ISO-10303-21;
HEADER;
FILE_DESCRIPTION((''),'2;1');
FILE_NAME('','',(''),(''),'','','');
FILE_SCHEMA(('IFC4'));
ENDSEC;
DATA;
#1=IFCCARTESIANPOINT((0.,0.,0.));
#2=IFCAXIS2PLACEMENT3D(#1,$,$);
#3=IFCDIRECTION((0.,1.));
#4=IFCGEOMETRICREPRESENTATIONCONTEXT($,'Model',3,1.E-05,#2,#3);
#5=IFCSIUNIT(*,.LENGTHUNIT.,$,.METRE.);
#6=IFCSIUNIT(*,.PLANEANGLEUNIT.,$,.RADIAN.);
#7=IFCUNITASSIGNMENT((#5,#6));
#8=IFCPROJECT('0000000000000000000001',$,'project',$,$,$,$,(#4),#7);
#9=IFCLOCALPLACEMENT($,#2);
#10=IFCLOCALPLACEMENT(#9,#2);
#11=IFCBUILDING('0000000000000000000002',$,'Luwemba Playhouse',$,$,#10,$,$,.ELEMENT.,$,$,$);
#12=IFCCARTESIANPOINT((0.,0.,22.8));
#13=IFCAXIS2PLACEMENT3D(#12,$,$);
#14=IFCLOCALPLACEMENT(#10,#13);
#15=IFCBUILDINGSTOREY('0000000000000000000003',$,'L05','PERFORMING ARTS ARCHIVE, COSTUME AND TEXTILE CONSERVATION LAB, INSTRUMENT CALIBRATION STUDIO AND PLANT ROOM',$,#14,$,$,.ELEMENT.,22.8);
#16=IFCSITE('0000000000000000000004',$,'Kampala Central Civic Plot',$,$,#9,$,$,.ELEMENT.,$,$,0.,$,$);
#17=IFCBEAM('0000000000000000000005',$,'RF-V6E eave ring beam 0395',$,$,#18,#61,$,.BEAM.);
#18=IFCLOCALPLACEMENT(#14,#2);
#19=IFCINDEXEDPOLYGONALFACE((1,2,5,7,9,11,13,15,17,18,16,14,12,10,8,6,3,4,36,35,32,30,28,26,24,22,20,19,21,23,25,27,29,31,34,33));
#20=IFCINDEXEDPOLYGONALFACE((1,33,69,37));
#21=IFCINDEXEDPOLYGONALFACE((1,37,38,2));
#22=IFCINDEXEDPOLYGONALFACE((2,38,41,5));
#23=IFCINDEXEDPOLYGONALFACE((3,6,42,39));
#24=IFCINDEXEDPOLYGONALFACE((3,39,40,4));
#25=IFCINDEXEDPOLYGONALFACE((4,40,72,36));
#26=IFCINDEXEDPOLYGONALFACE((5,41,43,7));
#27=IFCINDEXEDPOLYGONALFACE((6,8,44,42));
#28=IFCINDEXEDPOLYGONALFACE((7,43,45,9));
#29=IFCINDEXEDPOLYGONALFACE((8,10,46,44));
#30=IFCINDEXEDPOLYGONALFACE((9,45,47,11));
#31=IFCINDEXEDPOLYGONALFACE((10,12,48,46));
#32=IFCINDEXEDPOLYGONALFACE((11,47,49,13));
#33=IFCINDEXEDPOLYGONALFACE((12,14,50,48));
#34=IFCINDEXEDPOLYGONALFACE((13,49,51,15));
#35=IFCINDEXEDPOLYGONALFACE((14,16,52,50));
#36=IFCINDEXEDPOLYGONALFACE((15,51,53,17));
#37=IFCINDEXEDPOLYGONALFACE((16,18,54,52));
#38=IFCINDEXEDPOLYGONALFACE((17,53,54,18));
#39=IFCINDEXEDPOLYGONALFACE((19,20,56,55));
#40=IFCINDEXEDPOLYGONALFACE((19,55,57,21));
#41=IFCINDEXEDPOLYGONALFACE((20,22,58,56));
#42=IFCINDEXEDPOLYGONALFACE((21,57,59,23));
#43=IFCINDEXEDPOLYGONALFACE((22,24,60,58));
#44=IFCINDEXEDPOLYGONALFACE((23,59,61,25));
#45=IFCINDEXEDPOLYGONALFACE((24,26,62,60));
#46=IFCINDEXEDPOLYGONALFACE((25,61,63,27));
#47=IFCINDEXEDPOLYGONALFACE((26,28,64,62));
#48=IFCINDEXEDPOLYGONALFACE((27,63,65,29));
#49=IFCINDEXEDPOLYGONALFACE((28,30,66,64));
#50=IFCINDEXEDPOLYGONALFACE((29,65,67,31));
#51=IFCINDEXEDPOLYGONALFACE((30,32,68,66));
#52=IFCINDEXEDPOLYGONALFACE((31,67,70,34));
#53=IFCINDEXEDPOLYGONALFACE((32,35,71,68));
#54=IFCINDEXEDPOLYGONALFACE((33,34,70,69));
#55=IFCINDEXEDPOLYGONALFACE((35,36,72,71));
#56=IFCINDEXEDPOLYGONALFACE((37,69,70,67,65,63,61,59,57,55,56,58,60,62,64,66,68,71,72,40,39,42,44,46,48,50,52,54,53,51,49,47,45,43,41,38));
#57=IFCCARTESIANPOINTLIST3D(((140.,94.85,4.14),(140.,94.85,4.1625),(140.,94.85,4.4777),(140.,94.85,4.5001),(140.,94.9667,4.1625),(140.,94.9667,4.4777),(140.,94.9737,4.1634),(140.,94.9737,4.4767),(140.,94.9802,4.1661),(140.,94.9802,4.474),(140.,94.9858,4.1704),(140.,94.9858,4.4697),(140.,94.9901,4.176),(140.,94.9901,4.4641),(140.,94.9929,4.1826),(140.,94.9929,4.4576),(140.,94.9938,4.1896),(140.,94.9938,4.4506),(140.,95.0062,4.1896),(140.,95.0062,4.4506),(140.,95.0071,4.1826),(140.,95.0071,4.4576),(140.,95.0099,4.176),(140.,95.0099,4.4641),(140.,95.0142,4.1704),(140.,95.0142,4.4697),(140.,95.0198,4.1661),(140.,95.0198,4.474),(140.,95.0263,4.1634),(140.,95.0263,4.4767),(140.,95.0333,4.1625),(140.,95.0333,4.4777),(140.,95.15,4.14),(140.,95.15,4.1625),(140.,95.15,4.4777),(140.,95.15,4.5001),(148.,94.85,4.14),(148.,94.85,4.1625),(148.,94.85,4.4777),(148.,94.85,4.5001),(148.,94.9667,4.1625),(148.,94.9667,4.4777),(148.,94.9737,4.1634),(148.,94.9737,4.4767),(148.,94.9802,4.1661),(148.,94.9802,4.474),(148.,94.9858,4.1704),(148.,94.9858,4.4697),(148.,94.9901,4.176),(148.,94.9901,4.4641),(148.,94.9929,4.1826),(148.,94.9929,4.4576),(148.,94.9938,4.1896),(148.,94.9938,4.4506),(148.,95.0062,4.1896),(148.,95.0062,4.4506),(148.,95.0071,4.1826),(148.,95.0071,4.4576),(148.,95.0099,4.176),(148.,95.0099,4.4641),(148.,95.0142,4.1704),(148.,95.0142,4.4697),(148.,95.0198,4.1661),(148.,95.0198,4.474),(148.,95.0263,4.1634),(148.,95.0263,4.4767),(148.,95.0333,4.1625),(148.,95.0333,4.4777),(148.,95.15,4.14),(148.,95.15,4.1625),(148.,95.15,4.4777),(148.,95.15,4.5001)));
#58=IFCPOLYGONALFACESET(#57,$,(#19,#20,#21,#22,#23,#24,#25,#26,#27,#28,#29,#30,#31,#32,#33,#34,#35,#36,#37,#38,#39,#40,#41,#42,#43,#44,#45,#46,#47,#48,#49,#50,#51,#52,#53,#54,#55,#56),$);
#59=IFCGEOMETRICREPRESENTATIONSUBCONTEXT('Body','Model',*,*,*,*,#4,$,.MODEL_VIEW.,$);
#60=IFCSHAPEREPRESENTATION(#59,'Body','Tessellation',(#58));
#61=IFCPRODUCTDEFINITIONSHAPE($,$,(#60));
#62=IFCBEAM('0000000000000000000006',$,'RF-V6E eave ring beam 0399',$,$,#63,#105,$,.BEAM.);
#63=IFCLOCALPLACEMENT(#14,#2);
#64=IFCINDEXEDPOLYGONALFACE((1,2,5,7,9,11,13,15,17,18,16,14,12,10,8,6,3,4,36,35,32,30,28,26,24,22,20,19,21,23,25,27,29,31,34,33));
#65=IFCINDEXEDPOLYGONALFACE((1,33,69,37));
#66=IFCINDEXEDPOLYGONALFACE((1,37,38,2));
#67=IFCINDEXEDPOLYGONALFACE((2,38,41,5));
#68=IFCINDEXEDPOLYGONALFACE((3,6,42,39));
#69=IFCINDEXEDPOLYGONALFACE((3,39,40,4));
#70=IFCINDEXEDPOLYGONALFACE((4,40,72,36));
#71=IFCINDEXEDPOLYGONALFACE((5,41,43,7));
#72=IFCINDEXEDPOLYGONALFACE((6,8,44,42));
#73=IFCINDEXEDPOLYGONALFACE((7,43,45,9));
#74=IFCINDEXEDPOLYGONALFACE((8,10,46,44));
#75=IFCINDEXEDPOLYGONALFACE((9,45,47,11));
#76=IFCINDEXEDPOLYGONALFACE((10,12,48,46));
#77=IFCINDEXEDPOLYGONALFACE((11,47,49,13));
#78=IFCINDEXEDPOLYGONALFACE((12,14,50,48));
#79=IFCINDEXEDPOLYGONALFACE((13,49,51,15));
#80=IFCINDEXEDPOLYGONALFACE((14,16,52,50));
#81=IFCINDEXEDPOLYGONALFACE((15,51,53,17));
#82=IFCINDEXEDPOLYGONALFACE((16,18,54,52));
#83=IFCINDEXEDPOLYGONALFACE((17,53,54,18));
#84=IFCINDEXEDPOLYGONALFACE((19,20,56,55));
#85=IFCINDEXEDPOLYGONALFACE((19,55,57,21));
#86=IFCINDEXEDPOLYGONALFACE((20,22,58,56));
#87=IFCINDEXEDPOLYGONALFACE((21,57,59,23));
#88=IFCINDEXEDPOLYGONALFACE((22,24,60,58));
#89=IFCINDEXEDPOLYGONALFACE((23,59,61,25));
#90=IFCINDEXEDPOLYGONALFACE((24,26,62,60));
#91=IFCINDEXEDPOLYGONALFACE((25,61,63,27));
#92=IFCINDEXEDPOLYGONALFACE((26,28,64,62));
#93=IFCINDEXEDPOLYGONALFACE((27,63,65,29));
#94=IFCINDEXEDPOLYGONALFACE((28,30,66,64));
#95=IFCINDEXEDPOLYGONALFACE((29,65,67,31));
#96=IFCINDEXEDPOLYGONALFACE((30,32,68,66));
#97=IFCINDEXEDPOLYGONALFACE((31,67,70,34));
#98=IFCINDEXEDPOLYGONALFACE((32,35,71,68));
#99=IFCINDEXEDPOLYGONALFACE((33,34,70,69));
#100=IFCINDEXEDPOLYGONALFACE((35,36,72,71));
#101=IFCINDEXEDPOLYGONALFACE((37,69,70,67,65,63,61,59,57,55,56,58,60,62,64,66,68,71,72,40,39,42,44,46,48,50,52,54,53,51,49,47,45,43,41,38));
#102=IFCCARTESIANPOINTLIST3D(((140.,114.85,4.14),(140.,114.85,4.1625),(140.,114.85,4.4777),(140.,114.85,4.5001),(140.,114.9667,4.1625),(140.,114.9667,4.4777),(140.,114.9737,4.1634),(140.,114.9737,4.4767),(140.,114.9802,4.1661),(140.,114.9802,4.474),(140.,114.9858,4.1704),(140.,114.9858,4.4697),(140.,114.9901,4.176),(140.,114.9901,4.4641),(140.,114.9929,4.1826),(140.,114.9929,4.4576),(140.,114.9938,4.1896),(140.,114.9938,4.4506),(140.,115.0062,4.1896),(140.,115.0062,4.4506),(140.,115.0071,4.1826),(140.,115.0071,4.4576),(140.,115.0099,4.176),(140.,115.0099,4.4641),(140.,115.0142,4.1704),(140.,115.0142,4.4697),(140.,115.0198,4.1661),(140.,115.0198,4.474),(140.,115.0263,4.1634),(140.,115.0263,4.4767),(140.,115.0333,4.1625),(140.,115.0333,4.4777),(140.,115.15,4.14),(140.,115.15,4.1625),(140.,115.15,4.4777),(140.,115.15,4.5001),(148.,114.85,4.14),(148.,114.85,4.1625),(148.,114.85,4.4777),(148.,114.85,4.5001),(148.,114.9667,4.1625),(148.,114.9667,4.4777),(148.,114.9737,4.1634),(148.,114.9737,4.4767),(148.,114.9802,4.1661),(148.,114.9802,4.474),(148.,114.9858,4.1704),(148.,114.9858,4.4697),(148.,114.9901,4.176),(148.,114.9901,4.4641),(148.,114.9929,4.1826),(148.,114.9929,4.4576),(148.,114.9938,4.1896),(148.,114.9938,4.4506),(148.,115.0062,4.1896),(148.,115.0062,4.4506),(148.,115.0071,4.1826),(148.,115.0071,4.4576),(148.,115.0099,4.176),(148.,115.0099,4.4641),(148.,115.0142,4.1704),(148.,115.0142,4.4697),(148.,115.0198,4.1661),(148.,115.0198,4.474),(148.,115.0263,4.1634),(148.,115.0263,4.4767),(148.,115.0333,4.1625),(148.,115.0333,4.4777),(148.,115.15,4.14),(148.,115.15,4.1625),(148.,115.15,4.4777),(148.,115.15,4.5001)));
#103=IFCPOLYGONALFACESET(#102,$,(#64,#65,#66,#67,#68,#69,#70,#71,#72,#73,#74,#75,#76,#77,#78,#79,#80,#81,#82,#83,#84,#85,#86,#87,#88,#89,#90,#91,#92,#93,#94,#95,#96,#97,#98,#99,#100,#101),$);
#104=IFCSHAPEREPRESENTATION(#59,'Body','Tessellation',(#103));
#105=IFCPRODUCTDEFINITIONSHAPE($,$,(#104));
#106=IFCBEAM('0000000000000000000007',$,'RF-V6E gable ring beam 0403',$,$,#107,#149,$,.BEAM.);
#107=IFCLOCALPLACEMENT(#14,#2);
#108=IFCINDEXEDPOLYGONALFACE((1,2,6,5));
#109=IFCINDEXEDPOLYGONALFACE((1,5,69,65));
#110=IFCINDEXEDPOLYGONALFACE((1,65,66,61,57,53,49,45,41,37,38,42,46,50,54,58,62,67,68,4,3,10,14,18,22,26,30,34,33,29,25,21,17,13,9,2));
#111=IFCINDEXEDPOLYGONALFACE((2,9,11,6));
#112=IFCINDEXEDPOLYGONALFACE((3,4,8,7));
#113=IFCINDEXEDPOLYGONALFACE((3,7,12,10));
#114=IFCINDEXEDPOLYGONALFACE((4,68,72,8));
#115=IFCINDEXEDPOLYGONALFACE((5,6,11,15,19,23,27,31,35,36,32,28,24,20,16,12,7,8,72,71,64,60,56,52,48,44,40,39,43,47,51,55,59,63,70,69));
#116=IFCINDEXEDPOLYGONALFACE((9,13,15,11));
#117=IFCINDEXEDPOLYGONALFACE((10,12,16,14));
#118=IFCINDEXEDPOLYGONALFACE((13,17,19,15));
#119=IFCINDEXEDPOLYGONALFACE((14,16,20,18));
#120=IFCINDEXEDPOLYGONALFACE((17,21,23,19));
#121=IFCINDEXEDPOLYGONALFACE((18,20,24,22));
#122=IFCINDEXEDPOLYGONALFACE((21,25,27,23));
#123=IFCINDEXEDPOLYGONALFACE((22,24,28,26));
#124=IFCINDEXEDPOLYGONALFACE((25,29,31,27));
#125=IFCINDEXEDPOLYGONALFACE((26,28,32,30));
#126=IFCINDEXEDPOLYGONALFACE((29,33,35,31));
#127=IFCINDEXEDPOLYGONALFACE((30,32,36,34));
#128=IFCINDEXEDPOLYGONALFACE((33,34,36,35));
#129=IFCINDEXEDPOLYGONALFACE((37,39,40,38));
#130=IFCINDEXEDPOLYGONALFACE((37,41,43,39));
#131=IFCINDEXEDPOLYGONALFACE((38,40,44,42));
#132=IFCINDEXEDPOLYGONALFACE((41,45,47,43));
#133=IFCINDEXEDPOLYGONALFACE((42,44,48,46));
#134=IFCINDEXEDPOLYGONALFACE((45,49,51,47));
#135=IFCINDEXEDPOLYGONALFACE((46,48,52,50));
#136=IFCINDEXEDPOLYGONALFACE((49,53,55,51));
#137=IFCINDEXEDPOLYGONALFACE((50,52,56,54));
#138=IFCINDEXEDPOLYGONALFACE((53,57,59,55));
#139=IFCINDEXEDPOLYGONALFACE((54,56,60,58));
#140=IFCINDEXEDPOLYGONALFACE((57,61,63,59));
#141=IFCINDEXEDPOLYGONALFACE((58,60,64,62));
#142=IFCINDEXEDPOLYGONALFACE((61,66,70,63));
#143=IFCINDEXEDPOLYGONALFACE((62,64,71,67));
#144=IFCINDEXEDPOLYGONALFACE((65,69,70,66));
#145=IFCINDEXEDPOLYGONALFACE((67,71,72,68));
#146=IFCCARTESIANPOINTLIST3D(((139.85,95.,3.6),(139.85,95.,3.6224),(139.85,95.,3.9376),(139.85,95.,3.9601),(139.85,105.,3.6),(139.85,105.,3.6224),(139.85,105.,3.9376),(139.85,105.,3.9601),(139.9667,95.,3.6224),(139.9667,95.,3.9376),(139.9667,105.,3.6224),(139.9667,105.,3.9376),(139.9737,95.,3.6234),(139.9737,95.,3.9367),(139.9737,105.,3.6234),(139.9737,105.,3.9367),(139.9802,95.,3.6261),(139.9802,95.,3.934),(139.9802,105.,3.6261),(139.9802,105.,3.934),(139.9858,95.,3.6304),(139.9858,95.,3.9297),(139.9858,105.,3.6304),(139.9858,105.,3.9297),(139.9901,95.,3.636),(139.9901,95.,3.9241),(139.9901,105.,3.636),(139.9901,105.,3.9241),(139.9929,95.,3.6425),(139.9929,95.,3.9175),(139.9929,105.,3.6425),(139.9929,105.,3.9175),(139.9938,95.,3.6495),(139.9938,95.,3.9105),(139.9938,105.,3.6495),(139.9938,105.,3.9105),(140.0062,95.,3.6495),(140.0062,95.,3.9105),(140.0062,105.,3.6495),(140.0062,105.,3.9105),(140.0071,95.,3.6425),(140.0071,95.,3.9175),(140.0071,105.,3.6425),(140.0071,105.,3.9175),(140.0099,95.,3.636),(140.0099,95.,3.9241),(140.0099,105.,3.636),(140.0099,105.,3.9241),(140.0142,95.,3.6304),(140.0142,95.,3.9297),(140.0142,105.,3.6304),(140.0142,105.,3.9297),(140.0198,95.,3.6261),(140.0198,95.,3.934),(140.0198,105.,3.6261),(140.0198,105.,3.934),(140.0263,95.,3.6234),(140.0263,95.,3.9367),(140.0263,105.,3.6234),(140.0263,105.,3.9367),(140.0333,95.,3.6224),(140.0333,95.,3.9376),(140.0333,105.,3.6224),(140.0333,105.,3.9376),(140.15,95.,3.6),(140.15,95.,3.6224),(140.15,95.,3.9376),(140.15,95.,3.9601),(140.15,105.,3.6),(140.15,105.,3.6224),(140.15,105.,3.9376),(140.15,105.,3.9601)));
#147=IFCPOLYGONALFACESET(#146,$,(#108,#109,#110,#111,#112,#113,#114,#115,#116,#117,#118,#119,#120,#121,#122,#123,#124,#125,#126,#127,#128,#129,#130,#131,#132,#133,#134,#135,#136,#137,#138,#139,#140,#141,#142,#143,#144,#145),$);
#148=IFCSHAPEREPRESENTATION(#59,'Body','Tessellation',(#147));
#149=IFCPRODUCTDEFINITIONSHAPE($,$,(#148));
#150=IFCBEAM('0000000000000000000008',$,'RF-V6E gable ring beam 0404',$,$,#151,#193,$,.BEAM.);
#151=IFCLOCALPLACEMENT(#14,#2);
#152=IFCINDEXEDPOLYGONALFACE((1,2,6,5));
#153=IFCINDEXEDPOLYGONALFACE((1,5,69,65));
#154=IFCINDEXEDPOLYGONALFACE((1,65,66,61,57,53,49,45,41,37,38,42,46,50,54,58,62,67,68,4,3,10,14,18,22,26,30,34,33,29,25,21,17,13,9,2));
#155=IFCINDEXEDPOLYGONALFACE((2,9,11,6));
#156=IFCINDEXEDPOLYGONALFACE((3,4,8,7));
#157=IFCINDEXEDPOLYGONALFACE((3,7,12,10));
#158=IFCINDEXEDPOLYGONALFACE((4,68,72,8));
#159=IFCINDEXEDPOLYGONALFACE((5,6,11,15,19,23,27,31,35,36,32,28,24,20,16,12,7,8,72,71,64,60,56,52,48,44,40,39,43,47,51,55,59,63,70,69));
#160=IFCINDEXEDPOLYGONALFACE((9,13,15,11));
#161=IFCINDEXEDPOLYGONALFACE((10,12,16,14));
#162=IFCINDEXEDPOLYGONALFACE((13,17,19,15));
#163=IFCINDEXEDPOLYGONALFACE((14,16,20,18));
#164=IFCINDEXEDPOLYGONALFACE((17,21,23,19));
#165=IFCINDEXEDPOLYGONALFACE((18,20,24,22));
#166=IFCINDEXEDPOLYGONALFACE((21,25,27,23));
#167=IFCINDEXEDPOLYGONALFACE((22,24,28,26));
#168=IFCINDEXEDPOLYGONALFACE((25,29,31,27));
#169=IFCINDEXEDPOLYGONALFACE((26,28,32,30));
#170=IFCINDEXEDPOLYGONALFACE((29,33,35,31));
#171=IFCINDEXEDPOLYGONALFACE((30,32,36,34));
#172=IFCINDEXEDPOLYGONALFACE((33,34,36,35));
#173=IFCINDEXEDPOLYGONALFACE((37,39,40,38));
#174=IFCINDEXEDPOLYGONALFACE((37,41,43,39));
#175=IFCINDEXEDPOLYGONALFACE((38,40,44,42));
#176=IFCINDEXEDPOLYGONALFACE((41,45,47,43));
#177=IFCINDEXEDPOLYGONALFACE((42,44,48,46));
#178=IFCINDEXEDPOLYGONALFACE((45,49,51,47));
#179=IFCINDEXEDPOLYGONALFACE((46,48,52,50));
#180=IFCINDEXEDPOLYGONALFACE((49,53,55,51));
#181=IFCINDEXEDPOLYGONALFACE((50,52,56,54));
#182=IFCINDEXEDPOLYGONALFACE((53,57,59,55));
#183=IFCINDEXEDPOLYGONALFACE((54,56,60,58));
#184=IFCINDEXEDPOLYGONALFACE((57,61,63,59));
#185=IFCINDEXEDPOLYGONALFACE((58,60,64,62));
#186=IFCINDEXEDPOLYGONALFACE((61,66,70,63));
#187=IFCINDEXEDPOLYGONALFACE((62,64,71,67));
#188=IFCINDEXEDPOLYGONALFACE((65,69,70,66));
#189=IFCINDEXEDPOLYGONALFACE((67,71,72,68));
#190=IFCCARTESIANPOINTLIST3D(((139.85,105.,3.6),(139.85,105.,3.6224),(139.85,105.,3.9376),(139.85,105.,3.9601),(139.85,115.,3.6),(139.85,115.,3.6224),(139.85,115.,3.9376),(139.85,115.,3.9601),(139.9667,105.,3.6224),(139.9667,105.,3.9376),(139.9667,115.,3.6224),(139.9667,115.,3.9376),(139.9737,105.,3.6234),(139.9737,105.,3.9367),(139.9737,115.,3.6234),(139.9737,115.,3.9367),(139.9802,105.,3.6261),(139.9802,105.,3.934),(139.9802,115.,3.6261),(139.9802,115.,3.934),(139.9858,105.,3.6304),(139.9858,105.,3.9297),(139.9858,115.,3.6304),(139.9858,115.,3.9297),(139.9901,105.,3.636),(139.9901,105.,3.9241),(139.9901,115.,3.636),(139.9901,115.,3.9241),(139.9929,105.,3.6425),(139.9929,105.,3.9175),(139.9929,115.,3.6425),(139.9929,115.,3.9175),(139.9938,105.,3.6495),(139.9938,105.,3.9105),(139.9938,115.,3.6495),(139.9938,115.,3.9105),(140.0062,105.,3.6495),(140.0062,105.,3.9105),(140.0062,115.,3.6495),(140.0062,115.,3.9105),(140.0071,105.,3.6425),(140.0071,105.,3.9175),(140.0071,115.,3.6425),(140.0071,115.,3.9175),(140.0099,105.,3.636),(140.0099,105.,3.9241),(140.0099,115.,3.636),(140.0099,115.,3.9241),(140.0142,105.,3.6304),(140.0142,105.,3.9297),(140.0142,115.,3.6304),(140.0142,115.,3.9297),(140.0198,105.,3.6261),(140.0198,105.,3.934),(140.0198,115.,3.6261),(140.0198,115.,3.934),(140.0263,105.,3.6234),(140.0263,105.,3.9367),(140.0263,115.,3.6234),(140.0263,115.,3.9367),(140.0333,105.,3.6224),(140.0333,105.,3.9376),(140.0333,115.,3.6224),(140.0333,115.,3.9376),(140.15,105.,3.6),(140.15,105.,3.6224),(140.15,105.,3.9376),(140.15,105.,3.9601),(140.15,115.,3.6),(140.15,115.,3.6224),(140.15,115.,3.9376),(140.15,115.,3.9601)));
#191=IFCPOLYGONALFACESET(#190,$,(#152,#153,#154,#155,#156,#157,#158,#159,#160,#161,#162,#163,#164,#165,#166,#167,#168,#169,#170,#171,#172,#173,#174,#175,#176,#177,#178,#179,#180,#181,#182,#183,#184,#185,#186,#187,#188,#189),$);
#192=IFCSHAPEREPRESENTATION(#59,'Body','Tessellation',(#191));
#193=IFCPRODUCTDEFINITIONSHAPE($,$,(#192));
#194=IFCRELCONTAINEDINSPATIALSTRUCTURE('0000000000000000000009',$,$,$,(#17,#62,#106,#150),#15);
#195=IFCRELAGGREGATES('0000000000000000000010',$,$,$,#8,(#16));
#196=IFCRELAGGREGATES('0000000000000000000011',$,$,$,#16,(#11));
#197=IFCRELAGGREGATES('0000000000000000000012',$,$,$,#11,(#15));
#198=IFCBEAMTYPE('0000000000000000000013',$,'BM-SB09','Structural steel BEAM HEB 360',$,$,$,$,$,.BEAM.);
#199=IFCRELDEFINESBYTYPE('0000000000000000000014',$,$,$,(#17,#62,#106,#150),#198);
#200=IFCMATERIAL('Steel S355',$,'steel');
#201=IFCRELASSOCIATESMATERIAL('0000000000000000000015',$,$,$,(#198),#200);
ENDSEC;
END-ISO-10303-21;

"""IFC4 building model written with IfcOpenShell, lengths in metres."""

from ifc_helpers import new_model, si_unit, direction, frame, origin, origin_2d, place, context, subcontext, project, spatial, i_section, extrude, material, material_profile, profile_set, type_object, element, save


model = new_model("IFC4")

# Units and contexts
model_context = context("Model", 3, precision=1e-05, world=origin(), true_north=direction((0.0, 1.0)))
body_context = subcontext(model_context, "Body", "Model", "MODEL_VIEW")
ifc_project = project(units=[si_unit("LENGTHUNIT", "METRE"), si_unit("PLANEANGLEUNIT", "RADIAN")], contexts=[model_context])

# Site, building, storey
site_placement = place(None, origin())
site = spatial("IfcSite", under=ifc_project, at=site_placement, Name="Kampala Central Civic Plot", CompositionType="ELEMENT", RefElevation=0.0)
building_placement = place(site_placement, origin())
building = spatial("IfcBuilding", under=site, at=building_placement, Name="Luwemba Playhouse", CompositionType="ELEMENT")
storey_placement = place(building_placement, frame((0.0, 0.0, 22.8)))
storey = spatial("IfcBuildingStorey", under=building, at=storey_placement, Name="L05", Description="PERFORMING ARTS ARCHIVE, COSTUME AND TEXTILE CONSERVATION LAB, INSTRUMENT CALIBRATION STUDIO AND PLANT ROOM", CompositionType="ELEMENT", Elevation=22.8)

# Shared definitions
ifc_material_1 = material(Name="Steel S355", Category="steel")

# Beams
ifc_material_profile_1 = material_profile(ifc_material_1, i_section(OverallWidth=0.3, OverallDepth=0.3601, WebThickness=0.0125, FlangeThickness=0.0225, FilletRadius=0.0271, at=origin_2d()))
ifc_profile_set_1 = profile_set([ifc_material_profile_1], Name="Steel S355")
beam_type_1 = type_object("IfcBeamType", Name="BM-SB09", Description="Structural steel BEAM HEB 360", PredefinedType="BEAM", material=ifc_profile_set_1)
for number, where, z_axis, x_axis, name in (
    (1, (140.0, 95.0, 4.3201), (1.0, 0.0, 0.0), (0.0, 1.0, 0.0), "RF-V6E eave ring beam 0395"),
    (2, (140.0, 115.0, 4.3201), (1.0, 0.0, 0.0), (0.0, 1.0, 0.0), "RF-V6E eave ring beam 0399"),
):
    element("IfcBeam", number, at=place(storey_placement, frame(where, z_axis=z_axis, x_axis=x_axis)), inside=storey, type_object=beam_type_1, Name=name, PredefinedType="BEAM", context=body_context, shape_type="SweptSolid", body=[
        extrude(i_section(OverallWidth=0.3, OverallDepth=0.3601, WebThickness=0.0125, FlangeThickness=0.0225, FilletRadius=0.0271, at=origin_2d()), origin(), (0.0, 0.0, 1.0), 8.0),
    ])
for number, where, z_axis, x_axis, name in (
    (3, (140.0, 95.0, 3.78), (0.0, 1.0, 0.0), (-1.0, 0.0, 0.0), "RF-V6E gable ring beam 0403"),
    (4, (140.0, 105.0, 3.78), (0.0, 1.0, 0.0), (-1.0, 0.0, 0.0), "RF-V6E gable ring beam 0404"),
):
    element("IfcBeam", number, at=place(storey_placement, frame(where, z_axis=z_axis, x_axis=x_axis)), inside=storey, type_object=beam_type_1, Name=name, PredefinedType="BEAM", context=body_context, shape_type="SweptSolid", body=[
        extrude(i_section(OverallWidth=0.3, OverallDepth=0.3601, WebThickness=0.0125, FlangeThickness=0.0225, FilletRadius=0.0271, at=origin_2d()), origin(), (0.0, 0.0, 1.0), 10.0),
    ])

save(model, "model.ifc")
